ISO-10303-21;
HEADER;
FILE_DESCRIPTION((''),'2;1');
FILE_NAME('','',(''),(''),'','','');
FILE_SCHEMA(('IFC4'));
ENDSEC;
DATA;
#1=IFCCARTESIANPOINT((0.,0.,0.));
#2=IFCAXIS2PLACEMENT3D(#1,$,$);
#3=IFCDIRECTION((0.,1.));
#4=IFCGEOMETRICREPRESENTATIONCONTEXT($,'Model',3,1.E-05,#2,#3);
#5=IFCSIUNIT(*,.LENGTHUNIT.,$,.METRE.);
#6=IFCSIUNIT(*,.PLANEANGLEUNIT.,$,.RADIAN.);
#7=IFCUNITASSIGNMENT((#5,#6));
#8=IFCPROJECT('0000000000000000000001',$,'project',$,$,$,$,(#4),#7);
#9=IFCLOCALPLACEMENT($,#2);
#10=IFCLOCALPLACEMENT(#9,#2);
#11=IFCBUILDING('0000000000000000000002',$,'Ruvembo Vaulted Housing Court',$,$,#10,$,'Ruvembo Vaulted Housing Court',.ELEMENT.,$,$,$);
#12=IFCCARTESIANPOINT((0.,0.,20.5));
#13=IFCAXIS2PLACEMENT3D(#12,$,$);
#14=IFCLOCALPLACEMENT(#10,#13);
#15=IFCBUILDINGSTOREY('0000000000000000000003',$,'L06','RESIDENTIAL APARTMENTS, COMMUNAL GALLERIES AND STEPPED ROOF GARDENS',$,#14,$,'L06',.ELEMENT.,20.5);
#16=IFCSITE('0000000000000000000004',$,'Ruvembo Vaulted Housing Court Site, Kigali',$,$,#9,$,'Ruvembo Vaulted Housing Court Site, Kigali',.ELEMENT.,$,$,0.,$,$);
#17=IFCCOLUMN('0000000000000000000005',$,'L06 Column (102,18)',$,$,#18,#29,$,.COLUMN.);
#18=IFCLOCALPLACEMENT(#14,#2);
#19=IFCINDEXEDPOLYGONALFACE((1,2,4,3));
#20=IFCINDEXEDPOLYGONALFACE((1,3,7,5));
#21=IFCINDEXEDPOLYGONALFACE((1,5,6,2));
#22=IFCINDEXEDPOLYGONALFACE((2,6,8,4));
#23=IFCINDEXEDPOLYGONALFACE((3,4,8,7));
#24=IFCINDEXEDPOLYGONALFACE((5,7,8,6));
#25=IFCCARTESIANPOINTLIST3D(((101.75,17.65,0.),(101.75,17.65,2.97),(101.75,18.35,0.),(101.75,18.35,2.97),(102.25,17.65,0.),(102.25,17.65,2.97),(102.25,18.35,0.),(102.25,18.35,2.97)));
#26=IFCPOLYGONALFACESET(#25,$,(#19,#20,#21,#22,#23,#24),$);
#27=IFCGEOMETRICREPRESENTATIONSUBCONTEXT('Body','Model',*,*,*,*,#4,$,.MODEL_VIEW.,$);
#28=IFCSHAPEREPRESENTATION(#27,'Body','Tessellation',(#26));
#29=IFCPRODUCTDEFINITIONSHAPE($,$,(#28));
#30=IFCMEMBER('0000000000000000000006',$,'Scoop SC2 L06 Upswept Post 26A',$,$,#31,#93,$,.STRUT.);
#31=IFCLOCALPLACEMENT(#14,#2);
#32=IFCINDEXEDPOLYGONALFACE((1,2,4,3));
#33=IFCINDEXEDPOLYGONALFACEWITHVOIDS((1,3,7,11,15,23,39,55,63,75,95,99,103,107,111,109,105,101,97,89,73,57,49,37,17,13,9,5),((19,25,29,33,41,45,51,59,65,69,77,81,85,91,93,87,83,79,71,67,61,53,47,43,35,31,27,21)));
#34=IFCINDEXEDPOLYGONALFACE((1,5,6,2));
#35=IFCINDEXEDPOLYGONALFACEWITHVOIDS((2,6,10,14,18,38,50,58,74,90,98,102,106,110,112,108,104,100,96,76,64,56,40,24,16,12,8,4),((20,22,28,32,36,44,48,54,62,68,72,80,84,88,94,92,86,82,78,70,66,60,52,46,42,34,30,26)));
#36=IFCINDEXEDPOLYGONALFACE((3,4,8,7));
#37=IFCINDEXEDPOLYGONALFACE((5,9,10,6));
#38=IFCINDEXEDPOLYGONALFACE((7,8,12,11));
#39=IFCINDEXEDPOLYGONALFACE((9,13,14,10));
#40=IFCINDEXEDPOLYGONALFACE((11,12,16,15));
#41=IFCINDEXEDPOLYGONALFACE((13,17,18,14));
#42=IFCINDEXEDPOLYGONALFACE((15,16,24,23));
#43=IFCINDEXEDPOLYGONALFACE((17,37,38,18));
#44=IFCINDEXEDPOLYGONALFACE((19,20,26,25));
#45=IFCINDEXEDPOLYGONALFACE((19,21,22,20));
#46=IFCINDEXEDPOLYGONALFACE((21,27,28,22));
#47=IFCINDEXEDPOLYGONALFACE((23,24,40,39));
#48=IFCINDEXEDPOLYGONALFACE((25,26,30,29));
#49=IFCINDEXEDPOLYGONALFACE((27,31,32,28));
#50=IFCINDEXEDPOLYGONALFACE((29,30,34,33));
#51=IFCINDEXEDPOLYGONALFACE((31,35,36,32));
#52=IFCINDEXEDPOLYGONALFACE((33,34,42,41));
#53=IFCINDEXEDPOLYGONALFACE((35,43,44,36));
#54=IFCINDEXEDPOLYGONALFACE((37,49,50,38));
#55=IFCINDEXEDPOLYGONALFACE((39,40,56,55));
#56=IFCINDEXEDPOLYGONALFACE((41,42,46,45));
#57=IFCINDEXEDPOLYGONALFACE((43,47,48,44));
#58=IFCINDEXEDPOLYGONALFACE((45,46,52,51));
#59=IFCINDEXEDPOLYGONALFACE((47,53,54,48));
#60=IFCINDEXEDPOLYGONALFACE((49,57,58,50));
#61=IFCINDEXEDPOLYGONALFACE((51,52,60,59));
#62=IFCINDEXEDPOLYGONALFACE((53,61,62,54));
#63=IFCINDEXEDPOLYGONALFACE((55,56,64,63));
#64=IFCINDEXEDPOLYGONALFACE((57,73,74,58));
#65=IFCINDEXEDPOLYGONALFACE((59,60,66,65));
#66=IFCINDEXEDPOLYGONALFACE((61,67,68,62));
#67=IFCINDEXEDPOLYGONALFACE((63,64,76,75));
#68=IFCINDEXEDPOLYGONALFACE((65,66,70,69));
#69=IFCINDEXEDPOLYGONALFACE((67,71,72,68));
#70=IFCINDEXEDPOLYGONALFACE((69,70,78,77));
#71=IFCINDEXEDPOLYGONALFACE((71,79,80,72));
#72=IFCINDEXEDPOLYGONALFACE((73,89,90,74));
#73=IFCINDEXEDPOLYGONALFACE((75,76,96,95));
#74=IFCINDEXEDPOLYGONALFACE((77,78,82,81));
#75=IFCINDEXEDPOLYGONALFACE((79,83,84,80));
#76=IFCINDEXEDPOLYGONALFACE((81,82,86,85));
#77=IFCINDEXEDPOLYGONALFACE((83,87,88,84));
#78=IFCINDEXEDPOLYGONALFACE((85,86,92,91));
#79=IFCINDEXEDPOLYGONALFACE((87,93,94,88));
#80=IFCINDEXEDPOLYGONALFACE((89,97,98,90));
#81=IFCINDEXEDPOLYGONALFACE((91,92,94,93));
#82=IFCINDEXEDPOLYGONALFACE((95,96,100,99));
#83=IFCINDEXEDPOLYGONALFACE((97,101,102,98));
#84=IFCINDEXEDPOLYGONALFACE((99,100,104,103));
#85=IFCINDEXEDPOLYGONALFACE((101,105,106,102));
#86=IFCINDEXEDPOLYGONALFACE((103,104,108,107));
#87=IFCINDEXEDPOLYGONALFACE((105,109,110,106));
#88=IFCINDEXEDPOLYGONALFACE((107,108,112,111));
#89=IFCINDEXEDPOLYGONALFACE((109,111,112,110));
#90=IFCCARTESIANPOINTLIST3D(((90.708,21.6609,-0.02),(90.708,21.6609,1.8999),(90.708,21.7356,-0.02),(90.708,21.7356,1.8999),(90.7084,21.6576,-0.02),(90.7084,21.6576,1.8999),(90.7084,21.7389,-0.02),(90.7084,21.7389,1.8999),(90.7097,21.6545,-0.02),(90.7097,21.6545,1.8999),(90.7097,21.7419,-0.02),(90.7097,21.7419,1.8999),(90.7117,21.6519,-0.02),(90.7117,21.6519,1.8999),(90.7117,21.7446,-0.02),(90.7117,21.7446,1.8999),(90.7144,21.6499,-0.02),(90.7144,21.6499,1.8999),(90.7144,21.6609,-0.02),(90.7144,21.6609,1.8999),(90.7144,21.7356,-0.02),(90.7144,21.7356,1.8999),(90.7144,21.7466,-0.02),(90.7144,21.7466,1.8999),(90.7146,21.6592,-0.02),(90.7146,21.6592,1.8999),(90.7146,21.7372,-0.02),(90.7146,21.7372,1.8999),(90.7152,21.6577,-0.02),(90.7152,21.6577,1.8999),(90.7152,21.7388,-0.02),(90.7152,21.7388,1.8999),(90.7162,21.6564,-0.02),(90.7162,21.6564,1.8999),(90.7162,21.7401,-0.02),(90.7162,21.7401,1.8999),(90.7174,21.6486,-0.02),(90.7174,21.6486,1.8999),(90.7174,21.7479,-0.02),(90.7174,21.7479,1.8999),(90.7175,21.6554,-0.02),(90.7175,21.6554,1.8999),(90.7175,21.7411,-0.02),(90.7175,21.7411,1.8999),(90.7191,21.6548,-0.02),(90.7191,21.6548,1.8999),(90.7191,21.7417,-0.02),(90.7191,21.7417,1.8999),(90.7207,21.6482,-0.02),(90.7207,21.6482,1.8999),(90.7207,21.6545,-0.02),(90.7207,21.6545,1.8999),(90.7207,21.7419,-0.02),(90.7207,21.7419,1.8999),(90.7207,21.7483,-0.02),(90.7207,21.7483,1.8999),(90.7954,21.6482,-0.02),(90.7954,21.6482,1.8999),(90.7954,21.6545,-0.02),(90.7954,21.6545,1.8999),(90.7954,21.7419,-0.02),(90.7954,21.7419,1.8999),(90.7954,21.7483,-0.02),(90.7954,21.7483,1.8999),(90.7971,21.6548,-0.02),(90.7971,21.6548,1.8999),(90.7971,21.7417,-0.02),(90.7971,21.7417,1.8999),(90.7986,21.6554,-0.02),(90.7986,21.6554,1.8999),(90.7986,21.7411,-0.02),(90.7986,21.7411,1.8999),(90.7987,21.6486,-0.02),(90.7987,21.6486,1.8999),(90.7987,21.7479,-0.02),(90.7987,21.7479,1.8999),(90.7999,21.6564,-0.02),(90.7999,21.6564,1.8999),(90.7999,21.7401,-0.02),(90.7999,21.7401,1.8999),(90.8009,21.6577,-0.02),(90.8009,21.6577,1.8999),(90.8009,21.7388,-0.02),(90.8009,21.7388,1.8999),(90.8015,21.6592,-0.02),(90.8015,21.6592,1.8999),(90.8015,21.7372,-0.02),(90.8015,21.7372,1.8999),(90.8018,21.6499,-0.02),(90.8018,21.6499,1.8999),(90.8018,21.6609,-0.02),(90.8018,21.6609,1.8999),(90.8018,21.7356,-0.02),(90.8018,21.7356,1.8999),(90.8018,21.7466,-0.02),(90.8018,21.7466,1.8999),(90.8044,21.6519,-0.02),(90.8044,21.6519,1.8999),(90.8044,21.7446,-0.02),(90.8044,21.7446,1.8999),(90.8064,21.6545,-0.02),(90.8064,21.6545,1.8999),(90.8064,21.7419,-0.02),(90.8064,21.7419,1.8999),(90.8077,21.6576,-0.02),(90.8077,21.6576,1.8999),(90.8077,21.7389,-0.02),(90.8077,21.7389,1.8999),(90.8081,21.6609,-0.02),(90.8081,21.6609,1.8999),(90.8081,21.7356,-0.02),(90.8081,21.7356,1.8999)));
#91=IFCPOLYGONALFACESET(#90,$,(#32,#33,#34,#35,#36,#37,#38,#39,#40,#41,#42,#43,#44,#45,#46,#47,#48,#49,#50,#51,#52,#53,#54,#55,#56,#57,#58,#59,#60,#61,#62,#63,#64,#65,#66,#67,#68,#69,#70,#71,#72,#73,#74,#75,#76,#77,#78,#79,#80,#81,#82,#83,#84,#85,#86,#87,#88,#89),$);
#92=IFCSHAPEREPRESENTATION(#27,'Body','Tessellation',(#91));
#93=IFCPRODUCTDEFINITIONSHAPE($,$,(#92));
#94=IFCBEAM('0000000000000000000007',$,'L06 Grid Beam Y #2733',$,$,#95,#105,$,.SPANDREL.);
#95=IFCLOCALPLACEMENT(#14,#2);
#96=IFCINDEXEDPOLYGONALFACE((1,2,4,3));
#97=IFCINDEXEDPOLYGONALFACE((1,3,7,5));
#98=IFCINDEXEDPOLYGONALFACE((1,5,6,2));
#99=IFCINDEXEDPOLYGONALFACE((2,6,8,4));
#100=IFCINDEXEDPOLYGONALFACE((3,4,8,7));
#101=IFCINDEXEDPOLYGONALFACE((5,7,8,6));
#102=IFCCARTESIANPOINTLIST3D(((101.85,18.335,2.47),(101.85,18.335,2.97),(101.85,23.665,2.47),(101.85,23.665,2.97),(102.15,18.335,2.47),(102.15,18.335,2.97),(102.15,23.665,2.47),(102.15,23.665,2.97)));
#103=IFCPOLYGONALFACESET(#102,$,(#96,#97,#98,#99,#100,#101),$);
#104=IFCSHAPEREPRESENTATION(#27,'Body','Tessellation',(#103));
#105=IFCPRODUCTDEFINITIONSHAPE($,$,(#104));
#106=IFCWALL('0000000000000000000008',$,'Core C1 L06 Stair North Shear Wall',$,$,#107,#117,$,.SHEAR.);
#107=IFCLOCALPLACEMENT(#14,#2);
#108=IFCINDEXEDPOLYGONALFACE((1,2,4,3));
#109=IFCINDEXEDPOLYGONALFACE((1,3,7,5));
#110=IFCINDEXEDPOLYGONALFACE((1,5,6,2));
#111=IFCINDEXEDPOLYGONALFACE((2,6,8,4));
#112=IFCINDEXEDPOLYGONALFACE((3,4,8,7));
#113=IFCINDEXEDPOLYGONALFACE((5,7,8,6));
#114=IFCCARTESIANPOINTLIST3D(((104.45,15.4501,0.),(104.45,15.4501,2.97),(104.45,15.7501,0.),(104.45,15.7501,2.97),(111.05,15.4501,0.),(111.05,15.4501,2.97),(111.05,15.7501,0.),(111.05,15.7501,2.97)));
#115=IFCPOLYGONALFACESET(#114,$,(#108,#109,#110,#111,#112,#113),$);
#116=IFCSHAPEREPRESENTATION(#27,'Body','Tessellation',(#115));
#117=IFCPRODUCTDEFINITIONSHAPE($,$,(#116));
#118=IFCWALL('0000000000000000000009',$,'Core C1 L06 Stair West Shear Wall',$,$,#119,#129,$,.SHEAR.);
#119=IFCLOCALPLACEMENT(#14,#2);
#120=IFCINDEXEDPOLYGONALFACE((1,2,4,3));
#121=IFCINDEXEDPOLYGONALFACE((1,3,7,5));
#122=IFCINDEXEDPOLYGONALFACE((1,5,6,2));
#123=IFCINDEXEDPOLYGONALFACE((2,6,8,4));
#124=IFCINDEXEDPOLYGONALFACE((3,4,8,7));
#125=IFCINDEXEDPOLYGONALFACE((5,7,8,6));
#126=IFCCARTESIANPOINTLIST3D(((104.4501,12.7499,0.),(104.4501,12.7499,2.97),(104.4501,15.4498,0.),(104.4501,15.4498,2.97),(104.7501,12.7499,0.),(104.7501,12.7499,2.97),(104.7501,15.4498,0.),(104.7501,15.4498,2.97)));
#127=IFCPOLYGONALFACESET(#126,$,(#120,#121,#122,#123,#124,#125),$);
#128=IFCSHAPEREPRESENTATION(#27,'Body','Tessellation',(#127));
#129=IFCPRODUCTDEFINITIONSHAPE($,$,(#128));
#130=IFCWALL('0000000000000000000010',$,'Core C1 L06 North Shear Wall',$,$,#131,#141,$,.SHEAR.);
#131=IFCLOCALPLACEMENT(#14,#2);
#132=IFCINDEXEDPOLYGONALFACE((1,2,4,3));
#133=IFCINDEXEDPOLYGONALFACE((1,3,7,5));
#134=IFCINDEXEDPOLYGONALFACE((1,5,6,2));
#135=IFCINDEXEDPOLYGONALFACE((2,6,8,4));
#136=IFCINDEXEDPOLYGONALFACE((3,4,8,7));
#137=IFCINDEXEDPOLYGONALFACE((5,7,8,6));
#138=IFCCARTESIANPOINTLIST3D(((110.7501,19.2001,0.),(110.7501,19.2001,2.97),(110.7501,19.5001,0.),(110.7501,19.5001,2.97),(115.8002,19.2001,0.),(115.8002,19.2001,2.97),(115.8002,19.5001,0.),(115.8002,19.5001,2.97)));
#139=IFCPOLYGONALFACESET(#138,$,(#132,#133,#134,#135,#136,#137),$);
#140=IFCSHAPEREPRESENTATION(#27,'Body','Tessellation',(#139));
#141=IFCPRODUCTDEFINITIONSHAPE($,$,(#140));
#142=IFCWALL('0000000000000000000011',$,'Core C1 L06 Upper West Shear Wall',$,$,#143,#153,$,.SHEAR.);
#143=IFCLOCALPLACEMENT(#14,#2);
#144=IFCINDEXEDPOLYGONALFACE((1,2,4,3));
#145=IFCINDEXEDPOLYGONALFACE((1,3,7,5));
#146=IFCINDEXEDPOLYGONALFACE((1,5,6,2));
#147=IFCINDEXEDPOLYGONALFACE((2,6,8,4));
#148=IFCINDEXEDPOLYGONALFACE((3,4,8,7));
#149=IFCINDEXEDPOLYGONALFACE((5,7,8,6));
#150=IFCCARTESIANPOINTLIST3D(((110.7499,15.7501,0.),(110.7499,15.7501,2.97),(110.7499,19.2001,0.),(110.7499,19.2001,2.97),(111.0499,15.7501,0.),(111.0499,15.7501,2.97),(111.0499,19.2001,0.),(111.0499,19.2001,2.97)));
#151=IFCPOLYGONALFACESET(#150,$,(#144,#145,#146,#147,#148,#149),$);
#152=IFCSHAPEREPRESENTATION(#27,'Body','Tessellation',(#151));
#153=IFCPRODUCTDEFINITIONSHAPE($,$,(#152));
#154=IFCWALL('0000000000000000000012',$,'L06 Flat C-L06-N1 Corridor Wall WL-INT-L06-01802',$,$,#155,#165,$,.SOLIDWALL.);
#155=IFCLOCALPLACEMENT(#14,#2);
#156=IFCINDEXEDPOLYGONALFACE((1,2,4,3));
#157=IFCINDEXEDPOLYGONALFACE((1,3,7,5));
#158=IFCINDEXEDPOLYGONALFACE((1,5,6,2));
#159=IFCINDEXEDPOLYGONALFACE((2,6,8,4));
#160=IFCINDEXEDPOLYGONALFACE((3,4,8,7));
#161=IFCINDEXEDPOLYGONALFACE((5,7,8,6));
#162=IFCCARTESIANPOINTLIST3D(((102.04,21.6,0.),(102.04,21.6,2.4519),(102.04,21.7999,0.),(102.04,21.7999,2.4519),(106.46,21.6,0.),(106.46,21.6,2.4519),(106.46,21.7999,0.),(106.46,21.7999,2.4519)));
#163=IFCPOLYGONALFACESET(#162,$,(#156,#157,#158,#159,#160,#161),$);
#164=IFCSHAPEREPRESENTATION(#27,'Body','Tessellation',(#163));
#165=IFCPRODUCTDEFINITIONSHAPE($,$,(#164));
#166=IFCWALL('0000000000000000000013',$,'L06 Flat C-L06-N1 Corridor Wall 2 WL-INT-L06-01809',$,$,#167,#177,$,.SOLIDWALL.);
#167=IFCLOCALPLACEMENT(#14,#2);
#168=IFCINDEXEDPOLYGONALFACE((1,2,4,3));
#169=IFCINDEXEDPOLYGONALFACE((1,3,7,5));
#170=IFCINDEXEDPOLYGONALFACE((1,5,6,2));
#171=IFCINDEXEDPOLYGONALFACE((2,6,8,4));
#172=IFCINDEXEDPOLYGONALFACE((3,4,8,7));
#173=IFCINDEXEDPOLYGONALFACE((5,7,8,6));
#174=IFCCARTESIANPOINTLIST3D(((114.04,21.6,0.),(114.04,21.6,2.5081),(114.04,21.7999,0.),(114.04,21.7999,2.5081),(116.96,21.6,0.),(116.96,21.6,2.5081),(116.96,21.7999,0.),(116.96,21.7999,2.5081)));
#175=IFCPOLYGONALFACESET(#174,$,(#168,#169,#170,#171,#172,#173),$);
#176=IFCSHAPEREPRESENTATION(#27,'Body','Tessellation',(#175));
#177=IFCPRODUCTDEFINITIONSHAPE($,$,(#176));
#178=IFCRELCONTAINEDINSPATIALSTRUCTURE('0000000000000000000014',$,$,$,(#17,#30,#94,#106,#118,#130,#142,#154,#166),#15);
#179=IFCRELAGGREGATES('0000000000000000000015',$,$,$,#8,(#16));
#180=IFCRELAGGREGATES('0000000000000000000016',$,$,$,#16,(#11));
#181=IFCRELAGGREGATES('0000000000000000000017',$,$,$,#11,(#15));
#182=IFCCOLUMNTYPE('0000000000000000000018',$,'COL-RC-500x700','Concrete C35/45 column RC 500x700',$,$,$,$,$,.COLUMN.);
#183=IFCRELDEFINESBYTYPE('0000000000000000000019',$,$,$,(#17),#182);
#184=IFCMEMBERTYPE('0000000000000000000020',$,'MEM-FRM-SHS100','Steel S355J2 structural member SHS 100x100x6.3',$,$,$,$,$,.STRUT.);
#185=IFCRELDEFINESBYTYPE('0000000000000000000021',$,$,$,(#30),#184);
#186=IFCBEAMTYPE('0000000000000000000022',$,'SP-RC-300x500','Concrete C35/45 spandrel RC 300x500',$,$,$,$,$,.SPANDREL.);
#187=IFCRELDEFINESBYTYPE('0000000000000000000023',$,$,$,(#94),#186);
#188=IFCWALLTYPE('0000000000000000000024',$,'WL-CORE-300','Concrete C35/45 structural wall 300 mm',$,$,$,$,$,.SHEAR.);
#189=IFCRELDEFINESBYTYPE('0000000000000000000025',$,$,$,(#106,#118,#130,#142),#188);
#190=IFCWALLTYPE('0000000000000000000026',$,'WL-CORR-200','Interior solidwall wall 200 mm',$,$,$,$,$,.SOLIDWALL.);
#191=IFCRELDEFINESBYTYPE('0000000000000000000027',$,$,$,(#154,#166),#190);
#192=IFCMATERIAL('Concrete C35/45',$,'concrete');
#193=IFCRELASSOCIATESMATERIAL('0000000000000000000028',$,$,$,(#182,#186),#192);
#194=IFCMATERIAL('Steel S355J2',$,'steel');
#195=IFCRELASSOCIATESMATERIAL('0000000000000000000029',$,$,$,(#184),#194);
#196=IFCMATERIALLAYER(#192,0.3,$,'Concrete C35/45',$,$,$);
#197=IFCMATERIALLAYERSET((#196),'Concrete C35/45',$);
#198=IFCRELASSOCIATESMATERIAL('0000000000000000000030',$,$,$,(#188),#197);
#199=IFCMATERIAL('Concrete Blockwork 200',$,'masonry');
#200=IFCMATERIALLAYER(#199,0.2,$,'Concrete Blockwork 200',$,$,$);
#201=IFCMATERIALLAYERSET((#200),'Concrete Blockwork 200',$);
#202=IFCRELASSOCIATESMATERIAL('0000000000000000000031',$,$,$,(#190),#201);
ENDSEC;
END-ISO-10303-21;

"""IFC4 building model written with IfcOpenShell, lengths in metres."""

from ifc_helpers import new_model, si_unit, direction, frame, frame_2d, origin, origin_2d, place, context, subcontext, project, spatial, rectangle, hollow_rectangle, extrude, material, layer, layer_set, material_profile, profile_set, type_object, element, save


model = new_model("IFC4")

# Units and contexts
model_context = context("Model", 3, precision=1e-05, world=origin(), true_north=direction((0.0, 1.0)))
body_context = subcontext(model_context, "Body", "Model", "MODEL_VIEW")
ifc_project = project(units=[si_unit("LENGTHUNIT", "METRE"), si_unit("PLANEANGLEUNIT", "RADIAN")], contexts=[model_context])

# Site, building, storey
site_placement = place(None, origin())
site = spatial("IfcSite", under=ifc_project, at=site_placement, Name="Ruvembo Vaulted Housing Court Site, Kigali", LongName="Ruvembo Vaulted Housing Court Site, Kigali", CompositionType="ELEMENT", RefElevation=0.0)
building_placement = place(site_placement, origin())
building = spatial("IfcBuilding", under=site, at=building_placement, Name="Ruvembo Vaulted Housing Court", LongName="Ruvembo Vaulted Housing Court", CompositionType="ELEMENT")
storey_placement = place(building_placement, frame((0.0, 0.0, 20.5)))
storey = spatial("IfcBuildingStorey", under=building, at=storey_placement, Name="L06", Description="RESIDENTIAL APARTMENTS, COMMUNAL GALLERIES AND STEPPED ROOF GARDENS", LongName="L06", CompositionType="ELEMENT", Elevation=20.5)

# Column
ifc_material_1 = material(Name="Concrete C35/45", Category="concrete")
ifc_material_profile_1 = material_profile(ifc_material_1, rectangle(XDim=0.5, YDim=0.7, at=origin_2d()), Name="RC 500x700")
ifc_profile_set_1 = profile_set([ifc_material_profile_1], Name="Concrete C35/45")
column_type = type_object("IfcColumnType", Name="COL-RC-500x700", Description="Concrete C35/45 column RC 500x700", PredefinedType="COLUMN", material=ifc_profile_set_1)
column_placement = place(storey_placement, frame((102.0, 18.0, 0.0), z_axis=(0.0, 0.0, 1.0), x_axis=(1.0, 0.0, 0.0)))
element("IfcColumn", 1, at=column_placement, inside=storey, type_object=column_type, Name="L06 Column (102,18)", PredefinedType="COLUMN", context=body_context, shape_type="SweptSolid", body=[
    extrude(rectangle(XDim=0.5, YDim=0.7, at=origin_2d()), origin(), (0.0, 0.0, 1.0), 2.97),
])

# Member
ifc_material_2 = material(Name="Steel S355J2", Category="steel")
ifc_material_profile_2 = material_profile(ifc_material_2, hollow_rectangle(XDim=0.1001, YDim=0.1001, WallThickness=0.0063, InnerFilletRadius=0.0063, OuterFilletRadius=0.0127, at=origin_2d()), Name="SHS 100x100x6.3")
ifc_profile_set_2 = profile_set([ifc_material_profile_2], Name="Steel S355J2")
member_type = type_object("IfcMemberType", Name="MEM-FRM-SHS100", Description="Steel S355J2 structural member SHS 100x100x6.3", PredefinedType="STRUT", material=ifc_profile_set_2)
member_placement = place(storey_placement, frame((90.7581, 21.6982, -0.02), z_axis=(0.0, 0.0, 1.0), x_axis=(1.0, 0.0, 0.0)))
element("IfcMember", 2, at=member_placement, inside=storey, type_object=member_type, Name="Scoop SC2 L06 Upswept Post 26A", PredefinedType="STRUT", context=body_context, shape_type="SweptSolid", body=[
    extrude(hollow_rectangle(XDim=0.1001, YDim=0.1001, WallThickness=0.0063, InnerFilletRadius=0.0063, OuterFilletRadius=0.0127, at=origin_2d()), origin(), (0.0, 0.0, 1.0), 1.9199),
])

# Beam
ifc_material_profile_3 = material_profile(ifc_material_1, rectangle(XDim=0.3, YDim=0.5, at=origin_2d()), Name="RC 300x500")
ifc_profile_set_3 = profile_set([ifc_material_profile_3], Name="Concrete C35/45")
beam_type = type_object("IfcBeamType", Name="SP-RC-300x500", Description="Concrete C35/45 spandrel RC 300x500", PredefinedType="SPANDREL", material=ifc_profile_set_3)
beam_placement = place(storey_placement, frame((102.0, 18.335, 2.72), z_axis=(0.0, 1.0, 0.0), x_axis=(-1.0, 0.0, 0.0)))
element("IfcBeam", 3, at=beam_placement, inside=storey, type_object=beam_type, Name="L06 Grid Beam Y #2733", PredefinedType="SPANDREL", context=body_context, shape_type="SweptSolid", body=[
    extrude(rectangle(XDim=0.3, YDim=0.5, at=origin_2d()), origin(), (0.0, 0.0, 1.0), 5.3301),
])

# Walls
ifc_layer_1 = layer(ifc_material_1, 0.3, Name="Concrete C35/45")
ifc_layer_set_1 = layer_set([ifc_layer_1], Name="Concrete C35/45")
wall_type_1 = type_object("IfcWallType", Name="WL-CORE-300", Description="Concrete C35/45 structural wall 300 mm", PredefinedType="SHEAR", material=ifc_layer_set_1)
wall_1_placement = place(storey_placement, frame((111.05, 15.6001, 0.0), z_axis=(0.0, 0.0, 1.0), x_axis=(-1.0, 0.0, 0.0)))
element("IfcWall", 4, at=wall_1_placement, inside=storey, type_object=wall_type_1, Name="Core C1 L06 Stair North Shear Wall", PredefinedType="SHEAR", context=body_context, shape_type="SweptSolid", body=[
    extrude(rectangle(XDim=6.6001, YDim=0.3, at=frame_2d((3.3, 0.0))), origin(), (0.0, 0.0, 1.0), 2.97),
])
wall_2_placement = place(storey_placement, frame((104.6001, 15.45, 0.0), z_axis=(0.0, 0.0, 1.0), x_axis=(0.0, -1.0, 0.0)))
element("IfcWall", 5, at=wall_2_placement, inside=storey, type_object=wall_type_1, Name="Core C1 L06 Stair West Shear Wall", PredefinedType="SHEAR", context=body_context, shape_type="SweptSolid", body=[
    extrude(rectangle(XDim=2.7, YDim=0.3, at=frame_2d((1.3501, 0.0))), origin(), (0.0, 0.0, 1.0), 2.97),
])
wall_3_placement = place(storey_placement, frame((115.8, 19.3501, 0.0), z_axis=(0.0, 0.0, 1.0), x_axis=(-1.0, 0.0, 0.0)))
element("IfcWall", 6, at=wall_3_placement, inside=storey, type_object=wall_type_1, Name="Core C1 L06 North Shear Wall", PredefinedType="SHEAR", context=body_context, shape_type="SweptSolid", body=[
    extrude(rectangle(XDim=5.05, YDim=0.3, at=frame_2d((2.5249, 0.0))), origin(), (0.0, 0.0, 1.0), 2.97),
])
wall_4_placement = place(storey_placement, frame((110.8999, 15.75, 0.0), z_axis=(0.0, 0.0, 1.0), x_axis=(0.0, 1.0, 0.0)))
element("IfcWall", 7, at=wall_4_placement, inside=storey, type_object=wall_type_1, Name="Core C1 L06 Upper West Shear Wall", PredefinedType="SHEAR", context=body_context, shape_type="SweptSolid", body=[
    extrude(rectangle(XDim=3.45, YDim=0.3, at=frame_2d((1.7251, 0.0))), origin(), (0.0, 0.0, 1.0), 2.97),
])
ifc_material_3 = material(Name="Concrete Blockwork 200", Category="masonry")
ifc_layer_2 = layer(ifc_material_3, 0.2, Name="Concrete Blockwork 200")
ifc_layer_set_2 = layer_set([ifc_layer_2], Name="Concrete Blockwork 200")
wall_type_2 = type_object("IfcWallType", Name="WL-CORR-200", Description="Interior solidwall wall 200 mm", PredefinedType="SOLIDWALL", material=ifc_layer_set_2)
wall_5_placement = place(storey_placement, frame((102.04, 21.7, 0.0), z_axis=(0.0, 0.0, 1.0), x_axis=(1.0, 0.0, 0.0)))
element("IfcWall", 8, at=wall_5_placement, inside=storey, type_object=wall_type_2, Name="L06 Flat C-L06-N1 Corridor Wall WL-INT-L06-01802", PredefinedType="SOLIDWALL", context=body_context, shape_type="SweptSolid", body=[
    extrude(rectangle(XDim=4.4199, YDim=0.2, at=frame_2d((2.21, 0.0))), origin(), (0.0, 0.0, 1.0), 2.4519),
])

# Wall
wall_6_placement = place(storey_placement, frame((114.04, 21.7, 0.0), z_axis=(0.0, 0.0, 1.0), x_axis=(1.0, 0.0, 0.0)))
element("IfcWall", 9, at=wall_6_placement, inside=storey, type_object=wall_type_2, Name="L06 Flat C-L06-N1 Corridor Wall 2 WL-INT-L06-01809", PredefinedType="SOLIDWALL", context=body_context, shape_type="SweptSolid", body=[
    extrude(rectangle(XDim=2.9199, YDim=0.2, at=frame_2d((1.46, 0.0))), origin(), (0.0, 0.0, 1.0), 2.5081),
])

save(model, "model.ifc")
